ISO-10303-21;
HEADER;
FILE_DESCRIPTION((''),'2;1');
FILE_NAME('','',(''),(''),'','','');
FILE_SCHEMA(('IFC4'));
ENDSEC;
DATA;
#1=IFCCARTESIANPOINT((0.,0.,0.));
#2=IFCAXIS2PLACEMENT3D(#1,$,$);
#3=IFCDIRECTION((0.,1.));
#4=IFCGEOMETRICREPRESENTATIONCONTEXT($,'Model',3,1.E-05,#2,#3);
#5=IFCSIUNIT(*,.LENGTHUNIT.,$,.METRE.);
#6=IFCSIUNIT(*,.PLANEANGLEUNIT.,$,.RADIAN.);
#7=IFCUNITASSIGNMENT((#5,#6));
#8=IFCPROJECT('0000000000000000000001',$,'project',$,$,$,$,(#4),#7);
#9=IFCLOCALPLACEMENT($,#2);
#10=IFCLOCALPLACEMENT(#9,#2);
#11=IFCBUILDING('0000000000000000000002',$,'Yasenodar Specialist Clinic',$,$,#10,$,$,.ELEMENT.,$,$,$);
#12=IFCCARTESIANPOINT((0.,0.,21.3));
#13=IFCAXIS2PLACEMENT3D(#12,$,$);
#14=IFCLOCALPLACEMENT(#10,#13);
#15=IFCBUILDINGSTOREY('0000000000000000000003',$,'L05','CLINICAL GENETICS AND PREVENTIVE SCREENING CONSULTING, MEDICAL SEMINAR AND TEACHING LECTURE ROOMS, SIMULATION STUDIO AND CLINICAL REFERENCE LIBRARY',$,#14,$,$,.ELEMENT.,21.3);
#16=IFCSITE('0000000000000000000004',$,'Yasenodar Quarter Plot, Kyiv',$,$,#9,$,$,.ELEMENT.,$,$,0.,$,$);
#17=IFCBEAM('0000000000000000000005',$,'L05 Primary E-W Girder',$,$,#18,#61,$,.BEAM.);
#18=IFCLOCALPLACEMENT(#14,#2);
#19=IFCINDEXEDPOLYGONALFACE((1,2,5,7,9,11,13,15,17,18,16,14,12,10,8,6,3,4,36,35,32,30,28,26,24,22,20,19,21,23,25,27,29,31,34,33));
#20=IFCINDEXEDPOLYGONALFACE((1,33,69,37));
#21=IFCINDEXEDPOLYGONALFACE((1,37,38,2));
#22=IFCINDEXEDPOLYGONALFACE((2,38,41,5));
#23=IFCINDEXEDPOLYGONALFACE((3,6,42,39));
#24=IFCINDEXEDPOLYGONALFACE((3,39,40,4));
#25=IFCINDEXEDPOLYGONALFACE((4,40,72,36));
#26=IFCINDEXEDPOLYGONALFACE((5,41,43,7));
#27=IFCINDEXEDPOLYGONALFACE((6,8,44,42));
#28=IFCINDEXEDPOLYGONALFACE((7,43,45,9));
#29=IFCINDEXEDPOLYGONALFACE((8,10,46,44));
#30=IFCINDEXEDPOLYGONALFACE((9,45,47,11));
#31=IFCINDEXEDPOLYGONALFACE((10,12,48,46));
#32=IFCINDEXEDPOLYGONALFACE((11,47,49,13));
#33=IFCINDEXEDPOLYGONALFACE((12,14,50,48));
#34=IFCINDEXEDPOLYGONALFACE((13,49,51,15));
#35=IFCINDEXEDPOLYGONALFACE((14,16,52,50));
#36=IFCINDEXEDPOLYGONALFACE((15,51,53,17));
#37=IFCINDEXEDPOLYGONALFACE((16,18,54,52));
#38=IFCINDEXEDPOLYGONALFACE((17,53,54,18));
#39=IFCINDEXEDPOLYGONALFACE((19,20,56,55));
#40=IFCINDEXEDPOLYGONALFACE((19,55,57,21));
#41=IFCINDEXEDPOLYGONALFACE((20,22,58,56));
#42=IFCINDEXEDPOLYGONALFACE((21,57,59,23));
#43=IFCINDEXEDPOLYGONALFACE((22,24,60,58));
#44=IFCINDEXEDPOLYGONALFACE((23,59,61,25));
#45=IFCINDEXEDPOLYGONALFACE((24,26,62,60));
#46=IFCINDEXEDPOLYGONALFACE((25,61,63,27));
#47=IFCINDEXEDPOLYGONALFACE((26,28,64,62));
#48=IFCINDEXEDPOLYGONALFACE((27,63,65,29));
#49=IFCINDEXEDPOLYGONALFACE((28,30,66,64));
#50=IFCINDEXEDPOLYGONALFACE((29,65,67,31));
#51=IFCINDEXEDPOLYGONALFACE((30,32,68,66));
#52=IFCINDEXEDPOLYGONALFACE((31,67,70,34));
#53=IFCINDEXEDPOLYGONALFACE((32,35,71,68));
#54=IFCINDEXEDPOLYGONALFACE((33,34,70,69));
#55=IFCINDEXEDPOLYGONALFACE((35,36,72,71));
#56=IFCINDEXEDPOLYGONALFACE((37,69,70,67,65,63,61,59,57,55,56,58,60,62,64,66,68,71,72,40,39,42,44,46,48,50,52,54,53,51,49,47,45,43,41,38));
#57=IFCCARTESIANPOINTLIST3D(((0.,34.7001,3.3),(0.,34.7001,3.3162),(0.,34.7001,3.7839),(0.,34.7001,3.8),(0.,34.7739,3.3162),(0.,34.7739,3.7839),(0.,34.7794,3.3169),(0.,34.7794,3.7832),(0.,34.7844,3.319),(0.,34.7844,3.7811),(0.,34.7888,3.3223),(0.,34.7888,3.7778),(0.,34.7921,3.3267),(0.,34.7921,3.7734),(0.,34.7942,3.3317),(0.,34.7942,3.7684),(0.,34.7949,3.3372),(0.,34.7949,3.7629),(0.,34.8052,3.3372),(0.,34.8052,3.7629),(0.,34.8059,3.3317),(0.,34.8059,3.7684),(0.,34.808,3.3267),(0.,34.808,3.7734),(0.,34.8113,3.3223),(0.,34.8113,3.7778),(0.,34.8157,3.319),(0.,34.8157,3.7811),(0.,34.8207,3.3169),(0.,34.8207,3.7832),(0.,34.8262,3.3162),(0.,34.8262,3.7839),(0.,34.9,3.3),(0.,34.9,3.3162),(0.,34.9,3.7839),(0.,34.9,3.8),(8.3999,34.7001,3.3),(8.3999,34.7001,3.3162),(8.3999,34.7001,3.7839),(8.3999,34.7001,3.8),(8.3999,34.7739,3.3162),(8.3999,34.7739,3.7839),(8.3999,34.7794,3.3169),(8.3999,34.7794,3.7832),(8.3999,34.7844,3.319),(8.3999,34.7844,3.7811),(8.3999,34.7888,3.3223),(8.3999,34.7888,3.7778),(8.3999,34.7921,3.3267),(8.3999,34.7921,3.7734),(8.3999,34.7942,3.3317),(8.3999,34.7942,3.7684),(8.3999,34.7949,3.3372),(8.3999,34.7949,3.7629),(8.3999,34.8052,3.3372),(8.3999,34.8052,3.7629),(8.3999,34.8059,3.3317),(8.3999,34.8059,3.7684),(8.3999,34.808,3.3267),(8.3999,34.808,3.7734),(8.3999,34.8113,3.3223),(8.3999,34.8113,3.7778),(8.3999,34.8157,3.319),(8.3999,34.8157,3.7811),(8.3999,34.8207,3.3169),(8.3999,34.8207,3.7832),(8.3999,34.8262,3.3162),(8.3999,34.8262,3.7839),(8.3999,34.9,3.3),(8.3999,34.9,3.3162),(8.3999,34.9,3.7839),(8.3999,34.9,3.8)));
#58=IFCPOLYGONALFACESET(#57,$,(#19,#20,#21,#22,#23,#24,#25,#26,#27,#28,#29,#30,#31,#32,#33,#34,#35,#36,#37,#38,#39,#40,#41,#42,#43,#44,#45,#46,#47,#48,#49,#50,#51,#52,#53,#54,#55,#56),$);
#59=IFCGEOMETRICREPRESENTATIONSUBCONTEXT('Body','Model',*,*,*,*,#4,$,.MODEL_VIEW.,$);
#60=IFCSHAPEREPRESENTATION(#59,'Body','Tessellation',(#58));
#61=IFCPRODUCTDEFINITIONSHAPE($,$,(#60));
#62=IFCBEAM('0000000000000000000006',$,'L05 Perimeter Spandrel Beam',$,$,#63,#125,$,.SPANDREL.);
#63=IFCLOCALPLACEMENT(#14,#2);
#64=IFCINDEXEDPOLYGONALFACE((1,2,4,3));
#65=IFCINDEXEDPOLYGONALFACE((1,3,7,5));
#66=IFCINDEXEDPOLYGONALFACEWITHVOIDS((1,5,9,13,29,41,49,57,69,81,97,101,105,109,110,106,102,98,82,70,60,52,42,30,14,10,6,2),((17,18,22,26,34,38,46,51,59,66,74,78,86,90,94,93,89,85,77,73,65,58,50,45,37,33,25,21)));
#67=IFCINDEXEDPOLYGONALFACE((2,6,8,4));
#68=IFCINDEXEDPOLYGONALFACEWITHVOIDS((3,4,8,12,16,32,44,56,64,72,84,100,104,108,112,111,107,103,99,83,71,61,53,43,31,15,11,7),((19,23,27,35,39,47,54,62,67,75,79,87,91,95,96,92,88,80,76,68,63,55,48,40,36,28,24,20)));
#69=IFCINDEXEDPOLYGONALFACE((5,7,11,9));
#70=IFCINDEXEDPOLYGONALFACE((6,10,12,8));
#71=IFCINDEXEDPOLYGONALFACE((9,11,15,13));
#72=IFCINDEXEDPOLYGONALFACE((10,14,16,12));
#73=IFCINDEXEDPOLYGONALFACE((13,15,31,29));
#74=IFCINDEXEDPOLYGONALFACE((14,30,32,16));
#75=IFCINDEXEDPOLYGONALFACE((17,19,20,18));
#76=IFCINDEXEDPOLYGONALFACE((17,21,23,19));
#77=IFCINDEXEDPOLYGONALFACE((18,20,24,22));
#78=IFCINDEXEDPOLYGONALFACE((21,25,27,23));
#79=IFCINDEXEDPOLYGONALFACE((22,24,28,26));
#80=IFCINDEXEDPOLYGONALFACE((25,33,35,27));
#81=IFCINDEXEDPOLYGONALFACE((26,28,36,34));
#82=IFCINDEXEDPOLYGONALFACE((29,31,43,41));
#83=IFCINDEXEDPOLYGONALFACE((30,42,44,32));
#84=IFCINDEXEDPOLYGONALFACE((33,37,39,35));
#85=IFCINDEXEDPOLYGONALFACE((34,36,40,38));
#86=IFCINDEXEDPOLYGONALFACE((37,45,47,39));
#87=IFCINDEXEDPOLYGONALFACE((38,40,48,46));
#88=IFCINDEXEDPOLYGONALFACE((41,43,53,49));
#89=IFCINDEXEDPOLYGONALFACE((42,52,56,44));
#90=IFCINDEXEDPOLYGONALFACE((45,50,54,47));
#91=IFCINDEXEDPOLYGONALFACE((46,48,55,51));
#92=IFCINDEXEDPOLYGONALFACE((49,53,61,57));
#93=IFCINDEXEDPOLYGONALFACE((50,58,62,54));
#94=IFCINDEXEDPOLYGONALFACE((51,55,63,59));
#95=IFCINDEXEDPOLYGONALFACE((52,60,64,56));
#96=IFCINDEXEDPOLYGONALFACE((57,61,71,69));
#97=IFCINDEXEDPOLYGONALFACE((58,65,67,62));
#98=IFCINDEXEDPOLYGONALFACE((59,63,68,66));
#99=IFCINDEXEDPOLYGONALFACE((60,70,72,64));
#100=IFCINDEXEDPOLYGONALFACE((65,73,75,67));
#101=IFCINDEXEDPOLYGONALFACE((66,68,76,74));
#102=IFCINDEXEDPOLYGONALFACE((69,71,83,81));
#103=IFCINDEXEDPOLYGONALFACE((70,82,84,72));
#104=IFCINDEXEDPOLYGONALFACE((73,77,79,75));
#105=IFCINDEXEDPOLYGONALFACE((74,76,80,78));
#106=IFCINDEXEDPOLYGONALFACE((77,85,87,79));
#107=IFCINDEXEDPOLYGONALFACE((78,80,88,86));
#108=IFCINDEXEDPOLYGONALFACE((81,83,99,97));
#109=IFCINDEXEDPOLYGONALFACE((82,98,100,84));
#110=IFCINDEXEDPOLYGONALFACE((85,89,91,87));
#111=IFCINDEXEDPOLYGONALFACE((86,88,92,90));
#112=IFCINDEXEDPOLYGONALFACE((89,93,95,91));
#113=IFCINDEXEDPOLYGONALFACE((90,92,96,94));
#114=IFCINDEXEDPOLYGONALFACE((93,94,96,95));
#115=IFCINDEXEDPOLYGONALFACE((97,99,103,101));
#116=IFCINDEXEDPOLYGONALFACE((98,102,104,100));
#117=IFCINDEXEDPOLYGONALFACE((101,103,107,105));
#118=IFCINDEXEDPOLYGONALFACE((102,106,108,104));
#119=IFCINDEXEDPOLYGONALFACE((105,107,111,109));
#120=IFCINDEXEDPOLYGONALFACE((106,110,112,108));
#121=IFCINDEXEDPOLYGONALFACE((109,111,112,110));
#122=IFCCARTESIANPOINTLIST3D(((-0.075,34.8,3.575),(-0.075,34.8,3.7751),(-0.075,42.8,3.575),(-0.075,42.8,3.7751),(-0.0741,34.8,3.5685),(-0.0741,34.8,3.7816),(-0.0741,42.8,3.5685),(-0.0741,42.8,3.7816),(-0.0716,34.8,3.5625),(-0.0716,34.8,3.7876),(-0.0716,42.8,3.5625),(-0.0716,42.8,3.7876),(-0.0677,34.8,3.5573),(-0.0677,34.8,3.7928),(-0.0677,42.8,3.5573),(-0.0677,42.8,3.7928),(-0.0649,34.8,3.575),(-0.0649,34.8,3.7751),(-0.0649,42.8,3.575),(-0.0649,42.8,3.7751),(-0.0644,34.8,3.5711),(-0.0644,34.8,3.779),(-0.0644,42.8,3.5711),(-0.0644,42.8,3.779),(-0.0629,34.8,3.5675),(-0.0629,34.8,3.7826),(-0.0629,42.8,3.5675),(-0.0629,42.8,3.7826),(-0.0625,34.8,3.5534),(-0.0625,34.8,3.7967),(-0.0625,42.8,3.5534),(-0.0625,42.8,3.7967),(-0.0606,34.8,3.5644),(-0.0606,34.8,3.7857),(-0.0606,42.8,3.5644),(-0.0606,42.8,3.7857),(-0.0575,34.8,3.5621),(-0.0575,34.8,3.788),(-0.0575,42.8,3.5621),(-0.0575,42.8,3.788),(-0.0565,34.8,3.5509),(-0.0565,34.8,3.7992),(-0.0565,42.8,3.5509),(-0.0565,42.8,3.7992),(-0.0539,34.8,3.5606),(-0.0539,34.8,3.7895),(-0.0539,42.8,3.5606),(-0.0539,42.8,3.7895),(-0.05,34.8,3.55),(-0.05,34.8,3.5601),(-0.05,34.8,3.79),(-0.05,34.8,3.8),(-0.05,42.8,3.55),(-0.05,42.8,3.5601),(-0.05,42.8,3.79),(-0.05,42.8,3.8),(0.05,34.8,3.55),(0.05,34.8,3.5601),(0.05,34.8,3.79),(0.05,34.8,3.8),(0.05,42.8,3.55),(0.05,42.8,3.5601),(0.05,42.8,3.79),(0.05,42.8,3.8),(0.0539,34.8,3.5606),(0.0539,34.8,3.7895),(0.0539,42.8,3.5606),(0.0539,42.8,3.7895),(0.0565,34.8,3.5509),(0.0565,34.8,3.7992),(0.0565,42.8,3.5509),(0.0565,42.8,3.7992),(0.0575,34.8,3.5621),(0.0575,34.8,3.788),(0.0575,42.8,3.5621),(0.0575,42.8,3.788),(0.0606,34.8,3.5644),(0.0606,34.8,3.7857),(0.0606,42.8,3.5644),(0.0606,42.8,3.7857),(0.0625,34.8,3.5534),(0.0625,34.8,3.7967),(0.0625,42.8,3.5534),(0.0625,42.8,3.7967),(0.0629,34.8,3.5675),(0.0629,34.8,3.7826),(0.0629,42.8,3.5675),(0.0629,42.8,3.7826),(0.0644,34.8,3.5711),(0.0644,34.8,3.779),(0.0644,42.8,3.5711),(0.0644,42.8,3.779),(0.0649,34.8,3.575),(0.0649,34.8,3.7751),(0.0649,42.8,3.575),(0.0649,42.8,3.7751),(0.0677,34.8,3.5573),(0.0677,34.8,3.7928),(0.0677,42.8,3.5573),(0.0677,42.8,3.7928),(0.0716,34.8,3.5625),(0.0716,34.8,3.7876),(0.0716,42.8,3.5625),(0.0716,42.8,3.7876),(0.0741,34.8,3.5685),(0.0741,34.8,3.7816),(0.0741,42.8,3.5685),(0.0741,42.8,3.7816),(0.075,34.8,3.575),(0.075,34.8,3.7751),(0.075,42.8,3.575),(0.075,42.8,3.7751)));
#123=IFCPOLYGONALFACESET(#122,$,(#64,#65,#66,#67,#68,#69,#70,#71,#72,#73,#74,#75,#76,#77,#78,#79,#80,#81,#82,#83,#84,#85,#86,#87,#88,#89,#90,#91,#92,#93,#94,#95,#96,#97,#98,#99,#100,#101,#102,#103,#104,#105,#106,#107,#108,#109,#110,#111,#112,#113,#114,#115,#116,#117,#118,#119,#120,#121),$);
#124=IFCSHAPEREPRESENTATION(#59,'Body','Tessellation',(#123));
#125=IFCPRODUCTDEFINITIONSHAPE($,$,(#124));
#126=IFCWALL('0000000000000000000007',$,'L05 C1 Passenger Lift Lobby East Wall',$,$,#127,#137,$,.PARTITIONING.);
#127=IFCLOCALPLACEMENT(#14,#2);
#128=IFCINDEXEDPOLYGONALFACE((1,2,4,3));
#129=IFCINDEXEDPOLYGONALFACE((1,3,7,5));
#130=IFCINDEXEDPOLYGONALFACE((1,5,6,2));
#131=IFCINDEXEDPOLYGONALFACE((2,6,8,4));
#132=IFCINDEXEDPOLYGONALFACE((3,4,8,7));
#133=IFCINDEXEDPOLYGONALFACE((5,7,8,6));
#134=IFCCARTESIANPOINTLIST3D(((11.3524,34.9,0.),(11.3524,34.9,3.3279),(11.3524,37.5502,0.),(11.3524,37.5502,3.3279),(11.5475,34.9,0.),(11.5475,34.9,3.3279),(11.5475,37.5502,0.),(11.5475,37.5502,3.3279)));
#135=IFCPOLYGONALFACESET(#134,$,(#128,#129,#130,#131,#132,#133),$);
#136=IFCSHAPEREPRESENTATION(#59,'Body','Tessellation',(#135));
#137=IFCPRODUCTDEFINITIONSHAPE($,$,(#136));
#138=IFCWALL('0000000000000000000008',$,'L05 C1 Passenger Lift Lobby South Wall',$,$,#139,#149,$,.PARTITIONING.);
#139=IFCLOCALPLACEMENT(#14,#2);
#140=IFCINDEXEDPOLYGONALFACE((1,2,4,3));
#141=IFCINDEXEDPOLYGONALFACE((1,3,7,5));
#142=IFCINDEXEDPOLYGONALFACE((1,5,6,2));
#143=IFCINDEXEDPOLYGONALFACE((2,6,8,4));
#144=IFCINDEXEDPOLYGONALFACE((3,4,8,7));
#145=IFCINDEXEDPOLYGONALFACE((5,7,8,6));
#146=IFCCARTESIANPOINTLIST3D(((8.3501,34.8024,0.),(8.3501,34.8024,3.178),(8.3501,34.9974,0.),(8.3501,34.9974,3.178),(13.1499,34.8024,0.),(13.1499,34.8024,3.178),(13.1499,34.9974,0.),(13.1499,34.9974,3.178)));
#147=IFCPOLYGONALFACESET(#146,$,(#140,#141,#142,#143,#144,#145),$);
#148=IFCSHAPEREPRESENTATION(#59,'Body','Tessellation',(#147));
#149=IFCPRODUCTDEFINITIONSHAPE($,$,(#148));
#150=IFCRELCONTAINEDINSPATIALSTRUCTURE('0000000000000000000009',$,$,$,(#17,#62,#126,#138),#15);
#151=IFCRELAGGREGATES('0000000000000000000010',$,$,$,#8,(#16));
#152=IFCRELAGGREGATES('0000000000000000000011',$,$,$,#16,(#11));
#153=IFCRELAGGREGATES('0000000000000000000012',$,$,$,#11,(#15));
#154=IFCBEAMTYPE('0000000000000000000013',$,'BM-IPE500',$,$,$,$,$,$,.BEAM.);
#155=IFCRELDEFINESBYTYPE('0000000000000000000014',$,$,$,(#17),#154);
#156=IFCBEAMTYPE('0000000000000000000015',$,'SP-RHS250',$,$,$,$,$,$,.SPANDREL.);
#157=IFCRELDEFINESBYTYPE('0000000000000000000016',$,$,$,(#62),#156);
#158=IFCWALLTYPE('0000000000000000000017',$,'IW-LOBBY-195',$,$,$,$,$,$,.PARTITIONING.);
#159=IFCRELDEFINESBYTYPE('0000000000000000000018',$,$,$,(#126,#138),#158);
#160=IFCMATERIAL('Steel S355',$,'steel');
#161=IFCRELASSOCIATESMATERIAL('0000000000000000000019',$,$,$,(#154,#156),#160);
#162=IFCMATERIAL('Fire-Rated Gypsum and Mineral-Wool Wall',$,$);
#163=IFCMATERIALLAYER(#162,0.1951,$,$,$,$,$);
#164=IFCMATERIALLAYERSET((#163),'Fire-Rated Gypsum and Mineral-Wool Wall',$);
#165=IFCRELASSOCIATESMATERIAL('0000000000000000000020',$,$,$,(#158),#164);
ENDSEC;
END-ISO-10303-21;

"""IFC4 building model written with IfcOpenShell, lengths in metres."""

from ifc_helpers import new_model, si_unit, direction, frame, frame_2d, origin, origin_2d, place, context, subcontext, project, spatial, rectangle, hollow_rectangle, i_section, extrude, material, layer, layer_set, material_profile, profile_set, type_object, element, save


model = new_model("IFC4")

# Units and contexts
model_context = context("Model", 3, precision=1e-05, world=origin(), true_north=direction((0.0, 1.0)))
body_context = subcontext(model_context, "Body", "Model", "MODEL_VIEW")
ifc_project = project(units=[si_unit("LENGTHUNIT", "METRE"), si_unit("PLANEANGLEUNIT", "RADIAN")], contexts=[model_context])

# Site, building, storey
site_placement = place(None, origin())
site = spatial("IfcSite", under=ifc_project, at=site_placement, Name="Yasenodar Quarter Plot, Kyiv", CompositionType="ELEMENT", RefElevation=0.0)
building_placement = place(site_placement, origin())
building = spatial("IfcBuilding", under=site, at=building_placement, Name="Yasenodar Specialist Clinic", CompositionType="ELEMENT")
storey_placement = place(building_placement, frame((0.0, 0.0, 21.3)))
storey = spatial("IfcBuildingStorey", under=building, at=storey_placement, Name="L05", Description="CLINICAL GENETICS AND PREVENTIVE SCREENING CONSULTING, MEDICAL SEMINAR AND TEACHING LECTURE ROOMS, SIMULATION STUDIO AND CLINICAL REFERENCE LIBRARY", CompositionType="ELEMENT", Elevation=21.3)

# Shared definitions
ifc_material_1 = material(Name="Steel S355", Category="steel")

# Beams
ifc_material_profile_1 = material_profile(ifc_material_1, i_section(OverallWidth=0.2, OverallDepth=0.5, WebThickness=0.0103, FlangeThickness=0.0161, FilletRadius=0.021, at=origin_2d()), Name="IPE 500")
ifc_profile_set_1 = profile_set([ifc_material_profile_1], Name="Steel S355")
beam_type_1 = type_object("IfcBeamType", Name="BM-IPE500", PredefinedType="BEAM", material=ifc_profile_set_1)
beam_1_placement = place(storey_placement, frame((0.0, 34.8, 3.55), z_axis=(1.0, 0.0, 0.0), x_axis=(0.0, 1.0, 0.0)))
element("IfcBeam", 1, at=beam_1_placement, inside=storey, type_object=beam_type_1, Name="L05 Primary E-W Girder", PredefinedType="BEAM", context=body_context, shape_type="SweptSolid", body=[
    extrude(i_section(OverallWidth=0.2, OverallDepth=0.5, WebThickness=0.0103, FlangeThickness=0.0161, FilletRadius=0.021, at=origin_2d()), origin(), (0.0, 0.0, 1.0), 8.3999),
])
ifc_material_profile_2 = material_profile(ifc_material_1, hollow_rectangle(XDim=0.1499, YDim=0.25, WallThickness=0.01, InnerFilletRadius=0.0149, OuterFilletRadius=0.0249, at=origin_2d()), Name="RHS 250x150x10")
ifc_profile_set_2 = profile_set([ifc_material_profile_2], Name="Steel S355")
beam_type_2 = type_object("IfcBeamType", Name="SP-RHS250", PredefinedType="SPANDREL", material=ifc_profile_set_2)
beam_2_placement = place(storey_placement, frame((0.0, 34.8, 3.675), z_axis=(0.0, 1.0, 0.0), x_axis=(-1.0, 0.0, 0.0)))
element("IfcBeam", 2, at=beam_2_placement, inside=storey, type_object=beam_type_2, Name="L05 Perimeter Spandrel Beam", PredefinedType="SPANDREL", context=body_context, shape_type="SweptSolid", body=[
    extrude(hollow_rectangle(XDim=0.1499, YDim=0.25, WallThickness=0.01, InnerFilletRadius=0.0149, OuterFilletRadius=0.0249, at=origin_2d()), origin(), (0.0, 0.0, 1.0), 8.0),
])

# Walls
ifc_material_2 = material(Name="Fire-Rated Gypsum and Mineral-Wool Wall")
ifc_layer_1 = layer(ifc_material_2, 0.1951)
ifc_layer_set_1 = layer_set([ifc_layer_1], Name="Fire-Rated Gypsum and Mineral-Wool Wall")
wall_type_1 = type_object("IfcWallType", Name="IW-LOBBY-195", PredefinedType="PARTITIONING", material=ifc_layer_set_1)
wall_1_placement = place(storey_placement, frame((11.45, 34.8999, 0.0), z_axis=(0.0, 0.0, 1.0), x_axis=(0.0, 1.0, 0.0)))
element("IfcWall", 3, at=wall_1_placement, inside=storey, type_object=wall_type_1, Name="L05 C1 Passenger Lift Lobby East Wall", PredefinedType="PARTITIONING", context=body_context, shape_type="SweptSolid", body=[
    extrude(rectangle(XDim=2.6501, YDim=0.1951, at=frame_2d((1.3252, 0.0))), origin(), (0.0, 0.0, 1.0), 3.3279),
])
wall_2_placement = place(storey_placement, frame((8.3501, 34.8999, 0.0), z_axis=(0.0, 0.0, 1.0), x_axis=(1.0, 0.0, 0.0)))
element("IfcWall", 4, at=wall_2_placement, inside=storey, type_object=wall_type_1, Name="L05 C1 Passenger Lift Lobby South Wall", PredefinedType="PARTITIONING", context=body_context, shape_type="SweptSolid", body=[
    extrude(rectangle(XDim=4.7998, YDim=0.1951, at=frame_2d((2.3999, 0.0))), origin(), (0.0, 0.0, 1.0), 3.178),
])

save(model, "model.ifc")
